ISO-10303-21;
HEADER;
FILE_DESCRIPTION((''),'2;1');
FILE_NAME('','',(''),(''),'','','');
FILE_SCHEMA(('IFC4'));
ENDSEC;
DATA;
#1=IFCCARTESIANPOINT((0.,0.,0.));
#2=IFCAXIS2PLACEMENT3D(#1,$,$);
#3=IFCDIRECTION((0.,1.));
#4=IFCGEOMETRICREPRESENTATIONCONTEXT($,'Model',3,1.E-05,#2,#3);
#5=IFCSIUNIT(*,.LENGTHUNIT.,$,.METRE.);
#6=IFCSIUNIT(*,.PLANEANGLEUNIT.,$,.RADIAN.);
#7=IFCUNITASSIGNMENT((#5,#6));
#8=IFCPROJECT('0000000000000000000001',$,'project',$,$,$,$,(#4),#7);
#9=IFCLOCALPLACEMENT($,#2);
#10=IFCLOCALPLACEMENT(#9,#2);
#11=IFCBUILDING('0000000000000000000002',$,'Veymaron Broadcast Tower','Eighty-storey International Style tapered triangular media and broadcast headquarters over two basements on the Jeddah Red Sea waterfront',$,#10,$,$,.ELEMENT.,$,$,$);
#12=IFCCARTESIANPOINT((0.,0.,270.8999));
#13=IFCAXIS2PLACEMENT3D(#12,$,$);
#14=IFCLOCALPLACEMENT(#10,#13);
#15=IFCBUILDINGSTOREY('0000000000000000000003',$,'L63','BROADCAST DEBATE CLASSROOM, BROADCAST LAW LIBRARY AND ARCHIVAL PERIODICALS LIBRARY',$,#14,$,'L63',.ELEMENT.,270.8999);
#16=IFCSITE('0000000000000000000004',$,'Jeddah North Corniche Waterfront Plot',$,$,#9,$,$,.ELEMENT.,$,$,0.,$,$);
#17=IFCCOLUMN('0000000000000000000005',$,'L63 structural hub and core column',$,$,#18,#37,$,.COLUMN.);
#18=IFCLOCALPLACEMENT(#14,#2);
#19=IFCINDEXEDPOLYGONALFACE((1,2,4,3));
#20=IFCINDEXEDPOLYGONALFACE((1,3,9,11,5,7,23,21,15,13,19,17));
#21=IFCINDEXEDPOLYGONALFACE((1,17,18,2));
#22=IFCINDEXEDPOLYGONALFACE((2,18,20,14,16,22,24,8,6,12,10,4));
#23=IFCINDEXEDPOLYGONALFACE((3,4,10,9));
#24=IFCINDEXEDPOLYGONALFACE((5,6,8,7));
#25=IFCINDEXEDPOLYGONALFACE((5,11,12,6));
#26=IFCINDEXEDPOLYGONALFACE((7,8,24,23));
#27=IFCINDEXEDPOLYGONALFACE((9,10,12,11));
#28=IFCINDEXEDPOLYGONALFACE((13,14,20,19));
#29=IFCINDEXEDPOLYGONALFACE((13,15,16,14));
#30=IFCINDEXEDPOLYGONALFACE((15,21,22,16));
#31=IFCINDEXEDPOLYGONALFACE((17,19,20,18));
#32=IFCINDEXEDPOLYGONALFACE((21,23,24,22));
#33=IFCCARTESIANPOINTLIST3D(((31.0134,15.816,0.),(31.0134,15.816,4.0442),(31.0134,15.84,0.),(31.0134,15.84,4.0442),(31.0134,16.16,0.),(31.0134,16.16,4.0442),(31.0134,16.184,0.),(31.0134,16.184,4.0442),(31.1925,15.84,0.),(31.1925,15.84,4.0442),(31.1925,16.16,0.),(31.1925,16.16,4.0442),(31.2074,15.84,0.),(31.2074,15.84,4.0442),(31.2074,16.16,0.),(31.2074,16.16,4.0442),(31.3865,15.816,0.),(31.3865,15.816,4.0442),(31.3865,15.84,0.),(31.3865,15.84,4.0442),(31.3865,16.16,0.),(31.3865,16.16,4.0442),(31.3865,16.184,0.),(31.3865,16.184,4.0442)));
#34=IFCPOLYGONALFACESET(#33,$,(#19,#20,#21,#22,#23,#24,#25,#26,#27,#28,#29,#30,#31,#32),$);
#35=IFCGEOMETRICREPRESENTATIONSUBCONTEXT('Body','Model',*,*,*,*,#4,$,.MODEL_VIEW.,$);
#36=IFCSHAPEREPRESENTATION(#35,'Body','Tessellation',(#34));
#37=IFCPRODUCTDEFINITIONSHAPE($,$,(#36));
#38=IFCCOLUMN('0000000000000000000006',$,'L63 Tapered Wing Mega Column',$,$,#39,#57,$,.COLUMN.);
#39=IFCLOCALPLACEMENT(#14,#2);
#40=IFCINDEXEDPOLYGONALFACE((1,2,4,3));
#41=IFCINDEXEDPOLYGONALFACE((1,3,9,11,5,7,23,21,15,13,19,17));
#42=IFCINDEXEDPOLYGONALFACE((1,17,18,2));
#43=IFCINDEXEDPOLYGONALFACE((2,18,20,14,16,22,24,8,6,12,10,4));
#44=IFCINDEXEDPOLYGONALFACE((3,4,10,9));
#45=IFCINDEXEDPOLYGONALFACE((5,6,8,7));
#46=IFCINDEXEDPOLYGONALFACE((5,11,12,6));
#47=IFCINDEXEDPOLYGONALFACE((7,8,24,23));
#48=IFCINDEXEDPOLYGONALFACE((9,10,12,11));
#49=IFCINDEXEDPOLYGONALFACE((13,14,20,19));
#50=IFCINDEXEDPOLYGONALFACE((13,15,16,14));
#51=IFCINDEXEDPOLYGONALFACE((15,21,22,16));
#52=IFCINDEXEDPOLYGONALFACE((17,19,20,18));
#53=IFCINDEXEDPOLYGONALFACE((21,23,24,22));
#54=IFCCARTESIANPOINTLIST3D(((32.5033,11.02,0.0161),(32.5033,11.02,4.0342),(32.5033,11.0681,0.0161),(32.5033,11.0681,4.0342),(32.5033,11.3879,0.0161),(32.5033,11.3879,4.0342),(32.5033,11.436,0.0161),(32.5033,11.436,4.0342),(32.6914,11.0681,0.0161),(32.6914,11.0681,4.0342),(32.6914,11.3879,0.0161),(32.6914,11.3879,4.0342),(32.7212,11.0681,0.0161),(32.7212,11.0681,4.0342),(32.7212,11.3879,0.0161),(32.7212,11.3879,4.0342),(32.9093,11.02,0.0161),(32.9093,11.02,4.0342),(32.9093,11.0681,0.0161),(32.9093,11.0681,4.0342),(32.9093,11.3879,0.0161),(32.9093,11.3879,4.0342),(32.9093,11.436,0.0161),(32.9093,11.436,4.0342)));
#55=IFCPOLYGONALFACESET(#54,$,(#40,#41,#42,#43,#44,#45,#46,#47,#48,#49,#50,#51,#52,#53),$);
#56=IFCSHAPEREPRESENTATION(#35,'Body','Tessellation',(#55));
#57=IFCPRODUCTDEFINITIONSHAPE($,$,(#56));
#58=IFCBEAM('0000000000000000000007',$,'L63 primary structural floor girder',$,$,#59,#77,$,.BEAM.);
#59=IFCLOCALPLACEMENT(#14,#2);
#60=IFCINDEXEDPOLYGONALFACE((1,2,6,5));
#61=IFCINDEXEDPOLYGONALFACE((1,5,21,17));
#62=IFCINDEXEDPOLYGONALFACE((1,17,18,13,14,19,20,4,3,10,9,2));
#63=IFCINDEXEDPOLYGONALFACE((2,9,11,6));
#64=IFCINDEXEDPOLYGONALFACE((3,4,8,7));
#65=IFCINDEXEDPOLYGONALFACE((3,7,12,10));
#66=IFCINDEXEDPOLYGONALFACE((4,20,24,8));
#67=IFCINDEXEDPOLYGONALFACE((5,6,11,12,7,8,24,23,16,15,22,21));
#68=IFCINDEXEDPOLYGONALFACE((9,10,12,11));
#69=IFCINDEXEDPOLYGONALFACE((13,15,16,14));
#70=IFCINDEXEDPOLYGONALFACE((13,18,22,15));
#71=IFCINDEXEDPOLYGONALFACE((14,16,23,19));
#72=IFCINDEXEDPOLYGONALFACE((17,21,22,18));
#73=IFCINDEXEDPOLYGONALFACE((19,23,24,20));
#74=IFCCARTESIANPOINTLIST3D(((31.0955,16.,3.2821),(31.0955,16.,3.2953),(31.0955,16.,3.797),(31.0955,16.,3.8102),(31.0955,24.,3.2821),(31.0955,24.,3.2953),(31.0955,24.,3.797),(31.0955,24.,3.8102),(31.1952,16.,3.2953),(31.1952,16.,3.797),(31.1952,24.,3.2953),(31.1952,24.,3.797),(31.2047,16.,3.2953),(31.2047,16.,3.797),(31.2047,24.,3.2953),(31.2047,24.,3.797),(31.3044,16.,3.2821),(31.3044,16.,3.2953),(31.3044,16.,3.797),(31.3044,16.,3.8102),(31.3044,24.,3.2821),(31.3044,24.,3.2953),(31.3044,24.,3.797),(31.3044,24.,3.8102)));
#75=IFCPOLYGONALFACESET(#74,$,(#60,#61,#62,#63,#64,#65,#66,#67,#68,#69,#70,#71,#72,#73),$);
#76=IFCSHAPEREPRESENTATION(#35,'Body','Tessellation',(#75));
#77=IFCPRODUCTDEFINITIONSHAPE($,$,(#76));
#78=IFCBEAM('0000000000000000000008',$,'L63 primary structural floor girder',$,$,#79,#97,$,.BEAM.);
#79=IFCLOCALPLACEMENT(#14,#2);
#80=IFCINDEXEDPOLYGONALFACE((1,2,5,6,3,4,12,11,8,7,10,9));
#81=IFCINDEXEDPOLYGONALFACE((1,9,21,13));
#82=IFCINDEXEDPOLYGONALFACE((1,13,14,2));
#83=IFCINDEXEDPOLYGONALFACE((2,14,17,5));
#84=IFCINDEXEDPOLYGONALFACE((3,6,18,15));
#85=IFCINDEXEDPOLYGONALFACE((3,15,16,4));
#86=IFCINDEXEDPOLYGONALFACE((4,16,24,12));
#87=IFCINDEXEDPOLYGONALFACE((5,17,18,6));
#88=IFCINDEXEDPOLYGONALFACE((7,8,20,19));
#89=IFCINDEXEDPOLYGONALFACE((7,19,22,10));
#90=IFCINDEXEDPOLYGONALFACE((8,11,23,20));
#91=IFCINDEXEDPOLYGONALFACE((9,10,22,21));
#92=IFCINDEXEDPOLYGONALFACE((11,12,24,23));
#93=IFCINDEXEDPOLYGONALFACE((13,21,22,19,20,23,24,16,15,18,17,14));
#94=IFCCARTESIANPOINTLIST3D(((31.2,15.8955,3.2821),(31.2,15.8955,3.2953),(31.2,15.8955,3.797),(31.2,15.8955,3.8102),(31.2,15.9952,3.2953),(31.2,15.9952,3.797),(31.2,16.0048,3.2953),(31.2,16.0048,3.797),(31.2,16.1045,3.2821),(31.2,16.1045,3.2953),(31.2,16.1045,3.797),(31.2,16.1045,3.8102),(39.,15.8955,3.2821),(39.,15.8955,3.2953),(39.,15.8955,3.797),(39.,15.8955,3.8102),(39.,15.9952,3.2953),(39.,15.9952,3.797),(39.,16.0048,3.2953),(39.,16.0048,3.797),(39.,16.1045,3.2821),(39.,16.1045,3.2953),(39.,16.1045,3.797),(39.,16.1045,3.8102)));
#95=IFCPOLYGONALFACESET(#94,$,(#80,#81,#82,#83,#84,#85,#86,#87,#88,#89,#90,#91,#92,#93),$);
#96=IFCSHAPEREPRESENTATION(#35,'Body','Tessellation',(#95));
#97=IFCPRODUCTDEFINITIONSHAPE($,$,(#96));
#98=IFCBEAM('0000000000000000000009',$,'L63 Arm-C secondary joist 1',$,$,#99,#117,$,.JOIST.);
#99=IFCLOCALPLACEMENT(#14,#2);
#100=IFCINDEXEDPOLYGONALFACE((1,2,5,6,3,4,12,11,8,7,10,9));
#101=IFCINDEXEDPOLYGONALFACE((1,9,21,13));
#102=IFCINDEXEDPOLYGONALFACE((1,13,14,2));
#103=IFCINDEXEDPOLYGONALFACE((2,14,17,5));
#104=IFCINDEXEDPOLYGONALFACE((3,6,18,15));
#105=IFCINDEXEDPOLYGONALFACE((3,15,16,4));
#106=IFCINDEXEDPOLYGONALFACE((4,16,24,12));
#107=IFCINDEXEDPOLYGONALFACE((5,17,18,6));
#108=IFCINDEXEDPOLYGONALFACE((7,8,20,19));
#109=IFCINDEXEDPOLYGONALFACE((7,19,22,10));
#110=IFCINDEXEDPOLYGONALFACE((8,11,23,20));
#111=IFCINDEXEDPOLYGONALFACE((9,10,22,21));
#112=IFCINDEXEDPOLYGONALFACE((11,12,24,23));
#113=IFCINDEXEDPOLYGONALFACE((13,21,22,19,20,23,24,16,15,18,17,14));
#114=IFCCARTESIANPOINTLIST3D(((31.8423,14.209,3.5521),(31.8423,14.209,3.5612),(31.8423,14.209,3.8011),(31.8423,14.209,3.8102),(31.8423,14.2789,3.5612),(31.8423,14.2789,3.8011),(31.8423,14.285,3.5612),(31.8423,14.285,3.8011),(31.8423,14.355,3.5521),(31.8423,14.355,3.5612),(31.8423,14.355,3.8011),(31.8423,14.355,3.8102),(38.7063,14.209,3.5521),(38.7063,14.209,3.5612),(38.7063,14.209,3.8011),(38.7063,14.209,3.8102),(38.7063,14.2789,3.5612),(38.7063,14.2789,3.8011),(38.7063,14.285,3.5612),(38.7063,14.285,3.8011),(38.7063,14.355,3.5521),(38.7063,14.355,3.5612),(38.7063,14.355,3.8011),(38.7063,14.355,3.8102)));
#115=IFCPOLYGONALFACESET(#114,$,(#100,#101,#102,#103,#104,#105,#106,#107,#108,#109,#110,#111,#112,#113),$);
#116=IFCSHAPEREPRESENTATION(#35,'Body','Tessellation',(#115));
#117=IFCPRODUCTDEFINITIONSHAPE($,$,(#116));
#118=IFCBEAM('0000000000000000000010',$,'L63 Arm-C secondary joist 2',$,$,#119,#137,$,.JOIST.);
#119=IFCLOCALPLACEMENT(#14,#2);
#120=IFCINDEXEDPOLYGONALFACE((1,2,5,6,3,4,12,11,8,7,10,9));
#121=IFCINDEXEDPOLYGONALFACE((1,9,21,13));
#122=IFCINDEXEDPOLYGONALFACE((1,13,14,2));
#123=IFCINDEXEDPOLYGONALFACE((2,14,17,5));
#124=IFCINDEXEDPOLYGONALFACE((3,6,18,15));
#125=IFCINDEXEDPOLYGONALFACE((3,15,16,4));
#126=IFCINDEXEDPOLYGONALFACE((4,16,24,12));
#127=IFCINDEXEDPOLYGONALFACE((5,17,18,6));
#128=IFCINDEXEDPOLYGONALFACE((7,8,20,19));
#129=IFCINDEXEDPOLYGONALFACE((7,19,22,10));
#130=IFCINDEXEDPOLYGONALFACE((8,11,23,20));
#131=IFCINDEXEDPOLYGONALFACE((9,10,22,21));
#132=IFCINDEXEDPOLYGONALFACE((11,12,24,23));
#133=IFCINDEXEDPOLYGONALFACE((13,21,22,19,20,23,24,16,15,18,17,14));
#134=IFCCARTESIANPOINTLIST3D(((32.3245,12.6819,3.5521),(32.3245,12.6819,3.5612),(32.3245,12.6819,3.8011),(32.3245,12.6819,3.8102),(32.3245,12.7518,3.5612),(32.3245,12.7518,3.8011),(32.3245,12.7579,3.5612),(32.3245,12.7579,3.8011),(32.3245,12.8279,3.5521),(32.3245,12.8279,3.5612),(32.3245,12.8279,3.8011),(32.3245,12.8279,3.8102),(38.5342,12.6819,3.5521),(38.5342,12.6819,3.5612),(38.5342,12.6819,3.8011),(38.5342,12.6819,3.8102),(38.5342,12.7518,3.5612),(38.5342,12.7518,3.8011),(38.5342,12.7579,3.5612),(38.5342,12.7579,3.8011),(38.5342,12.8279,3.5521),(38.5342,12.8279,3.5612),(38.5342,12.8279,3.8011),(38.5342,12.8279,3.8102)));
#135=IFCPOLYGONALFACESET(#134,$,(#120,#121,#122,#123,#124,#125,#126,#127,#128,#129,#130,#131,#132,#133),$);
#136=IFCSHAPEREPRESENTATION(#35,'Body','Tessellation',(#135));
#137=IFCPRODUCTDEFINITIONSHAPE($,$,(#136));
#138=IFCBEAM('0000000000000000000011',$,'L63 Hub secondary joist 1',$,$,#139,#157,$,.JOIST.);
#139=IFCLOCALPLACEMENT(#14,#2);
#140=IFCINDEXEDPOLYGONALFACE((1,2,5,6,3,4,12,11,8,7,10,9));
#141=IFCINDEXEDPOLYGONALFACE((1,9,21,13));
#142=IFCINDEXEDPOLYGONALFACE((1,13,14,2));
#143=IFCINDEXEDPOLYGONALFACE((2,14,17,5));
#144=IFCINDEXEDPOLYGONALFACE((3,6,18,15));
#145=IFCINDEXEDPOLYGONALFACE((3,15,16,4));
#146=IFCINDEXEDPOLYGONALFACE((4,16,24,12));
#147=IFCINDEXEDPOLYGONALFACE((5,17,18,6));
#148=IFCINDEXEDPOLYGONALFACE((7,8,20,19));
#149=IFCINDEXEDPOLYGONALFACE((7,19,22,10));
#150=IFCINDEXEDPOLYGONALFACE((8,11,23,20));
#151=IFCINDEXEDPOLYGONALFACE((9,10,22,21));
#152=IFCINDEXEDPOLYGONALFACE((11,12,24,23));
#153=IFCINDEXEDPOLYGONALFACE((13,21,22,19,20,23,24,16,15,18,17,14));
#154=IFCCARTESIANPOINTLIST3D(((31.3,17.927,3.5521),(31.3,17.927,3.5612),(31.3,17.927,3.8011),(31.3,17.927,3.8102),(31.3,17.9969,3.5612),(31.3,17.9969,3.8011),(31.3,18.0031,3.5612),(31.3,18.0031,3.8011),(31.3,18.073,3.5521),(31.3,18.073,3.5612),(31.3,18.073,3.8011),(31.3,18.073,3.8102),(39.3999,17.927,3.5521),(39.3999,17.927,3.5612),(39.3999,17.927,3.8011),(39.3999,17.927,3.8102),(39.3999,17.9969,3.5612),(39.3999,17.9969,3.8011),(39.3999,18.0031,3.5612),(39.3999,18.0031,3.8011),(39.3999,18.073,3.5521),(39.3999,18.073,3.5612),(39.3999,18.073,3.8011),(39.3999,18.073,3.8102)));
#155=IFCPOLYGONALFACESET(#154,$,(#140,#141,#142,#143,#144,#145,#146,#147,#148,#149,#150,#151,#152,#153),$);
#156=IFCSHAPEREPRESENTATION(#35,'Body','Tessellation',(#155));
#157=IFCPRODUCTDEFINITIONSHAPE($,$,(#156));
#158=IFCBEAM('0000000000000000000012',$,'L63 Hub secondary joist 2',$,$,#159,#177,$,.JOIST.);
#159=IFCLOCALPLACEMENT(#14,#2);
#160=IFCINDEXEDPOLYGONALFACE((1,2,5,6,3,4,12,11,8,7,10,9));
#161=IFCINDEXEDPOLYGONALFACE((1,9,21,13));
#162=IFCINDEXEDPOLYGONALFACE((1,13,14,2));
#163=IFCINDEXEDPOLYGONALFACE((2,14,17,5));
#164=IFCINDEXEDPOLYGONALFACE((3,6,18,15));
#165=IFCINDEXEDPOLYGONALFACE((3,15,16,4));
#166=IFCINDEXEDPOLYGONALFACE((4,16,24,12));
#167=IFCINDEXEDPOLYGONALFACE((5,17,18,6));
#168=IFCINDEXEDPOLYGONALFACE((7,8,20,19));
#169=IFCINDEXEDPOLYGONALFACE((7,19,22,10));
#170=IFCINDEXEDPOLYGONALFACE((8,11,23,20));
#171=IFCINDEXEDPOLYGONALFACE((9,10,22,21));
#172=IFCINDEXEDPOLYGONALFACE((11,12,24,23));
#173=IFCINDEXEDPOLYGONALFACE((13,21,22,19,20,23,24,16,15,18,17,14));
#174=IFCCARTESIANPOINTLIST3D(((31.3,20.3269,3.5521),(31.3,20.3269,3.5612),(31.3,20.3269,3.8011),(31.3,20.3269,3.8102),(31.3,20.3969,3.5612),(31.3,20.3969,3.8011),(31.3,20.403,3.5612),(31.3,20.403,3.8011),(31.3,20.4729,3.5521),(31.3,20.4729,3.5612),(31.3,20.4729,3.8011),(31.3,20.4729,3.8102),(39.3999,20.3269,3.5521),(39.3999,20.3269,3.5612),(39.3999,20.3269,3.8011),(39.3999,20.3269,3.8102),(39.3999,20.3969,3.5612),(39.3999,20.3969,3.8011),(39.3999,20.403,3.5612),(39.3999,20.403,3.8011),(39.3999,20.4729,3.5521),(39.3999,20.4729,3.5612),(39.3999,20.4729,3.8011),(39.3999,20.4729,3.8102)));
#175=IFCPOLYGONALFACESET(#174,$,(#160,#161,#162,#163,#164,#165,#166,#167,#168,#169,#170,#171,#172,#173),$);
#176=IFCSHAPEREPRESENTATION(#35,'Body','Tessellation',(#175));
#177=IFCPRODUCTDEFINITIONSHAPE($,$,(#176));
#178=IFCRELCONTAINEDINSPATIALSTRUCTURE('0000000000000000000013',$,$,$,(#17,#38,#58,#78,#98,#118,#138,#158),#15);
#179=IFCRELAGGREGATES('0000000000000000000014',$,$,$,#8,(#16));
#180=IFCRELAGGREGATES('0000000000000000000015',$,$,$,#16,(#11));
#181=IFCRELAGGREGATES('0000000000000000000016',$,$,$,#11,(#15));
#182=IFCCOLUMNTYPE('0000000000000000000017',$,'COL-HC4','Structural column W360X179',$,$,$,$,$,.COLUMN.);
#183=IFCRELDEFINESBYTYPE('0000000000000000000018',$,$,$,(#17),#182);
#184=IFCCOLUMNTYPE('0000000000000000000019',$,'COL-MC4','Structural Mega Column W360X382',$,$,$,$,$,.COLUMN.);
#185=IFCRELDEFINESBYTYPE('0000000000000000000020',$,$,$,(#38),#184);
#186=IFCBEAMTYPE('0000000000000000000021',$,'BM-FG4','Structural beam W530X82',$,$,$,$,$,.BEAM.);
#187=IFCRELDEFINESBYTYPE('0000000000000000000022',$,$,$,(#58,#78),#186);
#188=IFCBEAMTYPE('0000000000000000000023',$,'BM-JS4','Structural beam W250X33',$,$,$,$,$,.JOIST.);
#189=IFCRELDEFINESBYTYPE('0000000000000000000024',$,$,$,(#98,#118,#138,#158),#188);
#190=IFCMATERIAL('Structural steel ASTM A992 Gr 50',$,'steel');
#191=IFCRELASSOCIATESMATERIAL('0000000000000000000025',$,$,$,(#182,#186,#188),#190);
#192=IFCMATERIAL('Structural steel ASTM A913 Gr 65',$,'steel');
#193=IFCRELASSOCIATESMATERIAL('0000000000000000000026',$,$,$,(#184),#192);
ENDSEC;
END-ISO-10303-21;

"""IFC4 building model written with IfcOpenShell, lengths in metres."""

from ifc_helpers import new_model, si_unit, direction, frame, origin, origin_2d, place, context, subcontext, project, spatial, i_section, extrude, material, material_profile, profile_set, type_object, element, save


model = new_model("IFC4")

# Units and contexts
model_context = context("Model", 3, precision=1e-05, world=origin(), true_north=direction((0.0, 1.0)))
body_context = subcontext(model_context, "Body", "Model", "MODEL_VIEW")
ifc_project = project(units=[si_unit("LENGTHUNIT", "METRE"), si_unit("PLANEANGLEUNIT", "RADIAN")], contexts=[model_context])

# Site, building, storey
site_placement = place(None, origin())
site = spatial("IfcSite", under=ifc_project, at=site_placement, Name="Jeddah North Corniche Waterfront Plot", CompositionType="ELEMENT", RefElevation=0.0)
building_placement = place(site_placement, origin())
building = spatial("IfcBuilding", under=site, at=building_placement, Name="Veymaron Broadcast Tower", Description="Eighty-storey International Style tapered triangular media and broadcast headquarters over two basements on the Jeddah Red Sea waterfront", CompositionType="ELEMENT")
storey_placement = place(building_placement, frame((0.0, 0.0, 270.8999)))
storey = spatial("IfcBuildingStorey", under=building, at=storey_placement, Name="L63", Description="BROADCAST DEBATE CLASSROOM, BROADCAST LAW LIBRARY AND ARCHIVAL PERIODICALS LIBRARY", LongName="L63", CompositionType="ELEMENT", Elevation=270.8999)

# Columns
ifc_material_1 = material(Name="Structural steel ASTM A992 Gr 50", Category="steel")
ifc_material_profile_1 = material_profile(ifc_material_1, i_section(OverallWidth=0.373, OverallDepth=0.3679, WebThickness=0.0149, FlangeThickness=0.0239, at=origin_2d()), Name="W360X179")
ifc_profile_set_1 = profile_set([ifc_material_profile_1], Name="Structural steel ASTM A992 Gr 50")
column_type_1 = type_object("IfcColumnType", Name="COL-HC4", Description="Structural column W360X179", PredefinedType="COLUMN", material=ifc_profile_set_1)
column_1_placement = place(storey_placement, frame((31.2, 16.0, 0.0), z_axis=(0.0, 0.0, 1.0), x_axis=(1.0, 0.0, 0.0)))
element("IfcColumn", 1, at=column_1_placement, inside=storey, type_object=column_type_1, Name="L63 structural hub and core column", PredefinedType="COLUMN", context=body_context, shape_type="SweptSolid", body=[
    extrude(i_section(OverallWidth=0.373, OverallDepth=0.3679, WebThickness=0.0149, FlangeThickness=0.0239, at=origin_2d()), origin(), (0.0, 0.0, 1.0), 4.0442),
])
ifc_material_2 = material(Name="Structural steel ASTM A913 Gr 65", Category="steel")
ifc_material_profile_2 = material_profile(ifc_material_2, i_section(OverallWidth=0.406, OverallDepth=0.416, WebThickness=0.0298, FlangeThickness=0.0481, at=origin_2d()), Name="W360X382")
ifc_profile_set_2 = profile_set([ifc_material_profile_2], Name="Structural steel ASTM A913 Gr 65")
column_type_2 = type_object("IfcColumnType", Name="COL-MC4", Description="Structural Mega Column W360X382", PredefinedType="COLUMN", material=ifc_profile_set_2)
column_2_placement = place(storey_placement, frame((32.7063, 11.228, 0.0161), z_axis=(0.0, 0.0, 1.0), x_axis=(1.0, 0.0, 0.0)))
element("IfcColumn", 2, at=column_2_placement, inside=storey, type_object=column_type_2, Name="L63 Tapered Wing Mega Column", PredefinedType="COLUMN", context=body_context, shape_type="SweptSolid", body=[
    extrude(i_section(OverallWidth=0.406, OverallDepth=0.416, WebThickness=0.0298, FlangeThickness=0.0481, at=origin_2d()), origin(), (0.0, 0.0, 1.0), 4.0181),
])

# Beams
ifc_material_profile_3 = material_profile(ifc_material_1, i_section(OverallWidth=0.209, OverallDepth=0.5281, WebThickness=0.0095, FlangeThickness=0.0132, at=origin_2d()), Name="W530X82")
ifc_profile_set_3 = profile_set([ifc_material_profile_3], Name="Structural steel ASTM A992 Gr 50")
beam_type_1 = type_object("IfcBeamType", Name="BM-FG4", Description="Structural beam W530X82", PredefinedType="BEAM", material=ifc_profile_set_3)
beam_1_placement = place(storey_placement, frame((31.2, 16.0, 3.5461), z_axis=(0.0, 1.0, 0.0), x_axis=(-1.0, 0.0, 0.0)))
element("IfcBeam", 3, at=beam_1_placement, inside=storey, type_object=beam_type_1, Name="L63 primary structural floor girder", PredefinedType="BEAM", context=body_context, shape_type="SweptSolid", body=[
    extrude(i_section(OverallWidth=0.209, OverallDepth=0.5281, WebThickness=0.0095, FlangeThickness=0.0132, at=origin_2d()), origin(), (0.0, 0.0, 1.0), 8.0),
])
beam_2_placement = place(storey_placement, frame((31.2, 16.0, 3.5461), z_axis=(1.0, 0.0, 0.0), x_axis=(0.0, 1.0, 0.0)))
element("IfcBeam", 4, at=beam_2_placement, inside=storey, type_object=beam_type_1, Name="L63 primary structural floor girder", PredefinedType="BEAM", context=body_context, shape_type="SweptSolid", body=[
    extrude(i_section(OverallWidth=0.209, OverallDepth=0.5281, WebThickness=0.0095, FlangeThickness=0.0132, at=origin_2d()), origin(), (0.0, 0.0, 1.0), 7.8),
])
ifc_material_profile_4 = material_profile(ifc_material_1, i_section(OverallWidth=0.146, OverallDepth=0.2581, WebThickness=0.0061, FlangeThickness=0.009, at=origin_2d()), Name="W250X33")
ifc_profile_set_4 = profile_set([ifc_material_profile_4], Name="Structural steel ASTM A992 Gr 50")
beam_type_2 = type_object("IfcBeamType", Name="BM-JS4", Description="Structural beam W250X33", PredefinedType="JOIST", material=ifc_profile_set_4)
beam_3_placement = place(storey_placement, frame((31.8423, 14.282, 3.6812), z_axis=(1.0, 0.0, 0.0), x_axis=(0.0, 1.0, 0.0)))
element("IfcBeam", 5, at=beam_3_placement, inside=storey, type_object=beam_type_2, Name="L63 Arm-C secondary joist 1", PredefinedType="JOIST", context=body_context, shape_type="SweptSolid", body=[
    extrude(i_section(OverallWidth=0.146, OverallDepth=0.2581, WebThickness=0.0061, FlangeThickness=0.009, at=origin_2d()), origin(), (0.0, 0.0, 1.0), 6.864),
])
beam_4_placement = place(storey_placement, frame((32.3245, 12.7549, 3.6812), z_axis=(1.0, 0.0, 0.0), x_axis=(0.0, 1.0, 0.0)))
element("IfcBeam", 6, at=beam_4_placement, inside=storey, type_object=beam_type_2, Name="L63 Arm-C secondary joist 2", PredefinedType="JOIST", context=body_context, shape_type="SweptSolid", body=[
    extrude(i_section(OverallWidth=0.146, OverallDepth=0.2581, WebThickness=0.0061, FlangeThickness=0.009, at=origin_2d()), origin(), (0.0, 0.0, 1.0), 6.2097),
])
for number, where, z_axis, x_axis, name in (
    (7, (31.3, 18.0, 3.6812), (1.0, 0.0, 0.0), (0.0, 1.0, 0.0), "L63 Hub secondary joist 1"),
    (8, (31.3, 20.3999, 3.6812), (1.0, 0.0, 0.0), (0.0, 1.0, 0.0), "L63 Hub secondary joist 2"),
):
    element("IfcBeam", number, at=place(storey_placement, frame(where, z_axis=z_axis, x_axis=x_axis)), inside=storey, type_object=beam_type_2, Name=name, PredefinedType="JOIST", context=body_context, shape_type="SweptSolid", body=[
        extrude(i_section(OverallWidth=0.146, OverallDepth=0.2581, WebThickness=0.0061, FlangeThickness=0.009, at=origin_2d()), origin(), (0.0, 0.0, 1.0), 8.0999),
    ])

save(model, "model.ifc")
